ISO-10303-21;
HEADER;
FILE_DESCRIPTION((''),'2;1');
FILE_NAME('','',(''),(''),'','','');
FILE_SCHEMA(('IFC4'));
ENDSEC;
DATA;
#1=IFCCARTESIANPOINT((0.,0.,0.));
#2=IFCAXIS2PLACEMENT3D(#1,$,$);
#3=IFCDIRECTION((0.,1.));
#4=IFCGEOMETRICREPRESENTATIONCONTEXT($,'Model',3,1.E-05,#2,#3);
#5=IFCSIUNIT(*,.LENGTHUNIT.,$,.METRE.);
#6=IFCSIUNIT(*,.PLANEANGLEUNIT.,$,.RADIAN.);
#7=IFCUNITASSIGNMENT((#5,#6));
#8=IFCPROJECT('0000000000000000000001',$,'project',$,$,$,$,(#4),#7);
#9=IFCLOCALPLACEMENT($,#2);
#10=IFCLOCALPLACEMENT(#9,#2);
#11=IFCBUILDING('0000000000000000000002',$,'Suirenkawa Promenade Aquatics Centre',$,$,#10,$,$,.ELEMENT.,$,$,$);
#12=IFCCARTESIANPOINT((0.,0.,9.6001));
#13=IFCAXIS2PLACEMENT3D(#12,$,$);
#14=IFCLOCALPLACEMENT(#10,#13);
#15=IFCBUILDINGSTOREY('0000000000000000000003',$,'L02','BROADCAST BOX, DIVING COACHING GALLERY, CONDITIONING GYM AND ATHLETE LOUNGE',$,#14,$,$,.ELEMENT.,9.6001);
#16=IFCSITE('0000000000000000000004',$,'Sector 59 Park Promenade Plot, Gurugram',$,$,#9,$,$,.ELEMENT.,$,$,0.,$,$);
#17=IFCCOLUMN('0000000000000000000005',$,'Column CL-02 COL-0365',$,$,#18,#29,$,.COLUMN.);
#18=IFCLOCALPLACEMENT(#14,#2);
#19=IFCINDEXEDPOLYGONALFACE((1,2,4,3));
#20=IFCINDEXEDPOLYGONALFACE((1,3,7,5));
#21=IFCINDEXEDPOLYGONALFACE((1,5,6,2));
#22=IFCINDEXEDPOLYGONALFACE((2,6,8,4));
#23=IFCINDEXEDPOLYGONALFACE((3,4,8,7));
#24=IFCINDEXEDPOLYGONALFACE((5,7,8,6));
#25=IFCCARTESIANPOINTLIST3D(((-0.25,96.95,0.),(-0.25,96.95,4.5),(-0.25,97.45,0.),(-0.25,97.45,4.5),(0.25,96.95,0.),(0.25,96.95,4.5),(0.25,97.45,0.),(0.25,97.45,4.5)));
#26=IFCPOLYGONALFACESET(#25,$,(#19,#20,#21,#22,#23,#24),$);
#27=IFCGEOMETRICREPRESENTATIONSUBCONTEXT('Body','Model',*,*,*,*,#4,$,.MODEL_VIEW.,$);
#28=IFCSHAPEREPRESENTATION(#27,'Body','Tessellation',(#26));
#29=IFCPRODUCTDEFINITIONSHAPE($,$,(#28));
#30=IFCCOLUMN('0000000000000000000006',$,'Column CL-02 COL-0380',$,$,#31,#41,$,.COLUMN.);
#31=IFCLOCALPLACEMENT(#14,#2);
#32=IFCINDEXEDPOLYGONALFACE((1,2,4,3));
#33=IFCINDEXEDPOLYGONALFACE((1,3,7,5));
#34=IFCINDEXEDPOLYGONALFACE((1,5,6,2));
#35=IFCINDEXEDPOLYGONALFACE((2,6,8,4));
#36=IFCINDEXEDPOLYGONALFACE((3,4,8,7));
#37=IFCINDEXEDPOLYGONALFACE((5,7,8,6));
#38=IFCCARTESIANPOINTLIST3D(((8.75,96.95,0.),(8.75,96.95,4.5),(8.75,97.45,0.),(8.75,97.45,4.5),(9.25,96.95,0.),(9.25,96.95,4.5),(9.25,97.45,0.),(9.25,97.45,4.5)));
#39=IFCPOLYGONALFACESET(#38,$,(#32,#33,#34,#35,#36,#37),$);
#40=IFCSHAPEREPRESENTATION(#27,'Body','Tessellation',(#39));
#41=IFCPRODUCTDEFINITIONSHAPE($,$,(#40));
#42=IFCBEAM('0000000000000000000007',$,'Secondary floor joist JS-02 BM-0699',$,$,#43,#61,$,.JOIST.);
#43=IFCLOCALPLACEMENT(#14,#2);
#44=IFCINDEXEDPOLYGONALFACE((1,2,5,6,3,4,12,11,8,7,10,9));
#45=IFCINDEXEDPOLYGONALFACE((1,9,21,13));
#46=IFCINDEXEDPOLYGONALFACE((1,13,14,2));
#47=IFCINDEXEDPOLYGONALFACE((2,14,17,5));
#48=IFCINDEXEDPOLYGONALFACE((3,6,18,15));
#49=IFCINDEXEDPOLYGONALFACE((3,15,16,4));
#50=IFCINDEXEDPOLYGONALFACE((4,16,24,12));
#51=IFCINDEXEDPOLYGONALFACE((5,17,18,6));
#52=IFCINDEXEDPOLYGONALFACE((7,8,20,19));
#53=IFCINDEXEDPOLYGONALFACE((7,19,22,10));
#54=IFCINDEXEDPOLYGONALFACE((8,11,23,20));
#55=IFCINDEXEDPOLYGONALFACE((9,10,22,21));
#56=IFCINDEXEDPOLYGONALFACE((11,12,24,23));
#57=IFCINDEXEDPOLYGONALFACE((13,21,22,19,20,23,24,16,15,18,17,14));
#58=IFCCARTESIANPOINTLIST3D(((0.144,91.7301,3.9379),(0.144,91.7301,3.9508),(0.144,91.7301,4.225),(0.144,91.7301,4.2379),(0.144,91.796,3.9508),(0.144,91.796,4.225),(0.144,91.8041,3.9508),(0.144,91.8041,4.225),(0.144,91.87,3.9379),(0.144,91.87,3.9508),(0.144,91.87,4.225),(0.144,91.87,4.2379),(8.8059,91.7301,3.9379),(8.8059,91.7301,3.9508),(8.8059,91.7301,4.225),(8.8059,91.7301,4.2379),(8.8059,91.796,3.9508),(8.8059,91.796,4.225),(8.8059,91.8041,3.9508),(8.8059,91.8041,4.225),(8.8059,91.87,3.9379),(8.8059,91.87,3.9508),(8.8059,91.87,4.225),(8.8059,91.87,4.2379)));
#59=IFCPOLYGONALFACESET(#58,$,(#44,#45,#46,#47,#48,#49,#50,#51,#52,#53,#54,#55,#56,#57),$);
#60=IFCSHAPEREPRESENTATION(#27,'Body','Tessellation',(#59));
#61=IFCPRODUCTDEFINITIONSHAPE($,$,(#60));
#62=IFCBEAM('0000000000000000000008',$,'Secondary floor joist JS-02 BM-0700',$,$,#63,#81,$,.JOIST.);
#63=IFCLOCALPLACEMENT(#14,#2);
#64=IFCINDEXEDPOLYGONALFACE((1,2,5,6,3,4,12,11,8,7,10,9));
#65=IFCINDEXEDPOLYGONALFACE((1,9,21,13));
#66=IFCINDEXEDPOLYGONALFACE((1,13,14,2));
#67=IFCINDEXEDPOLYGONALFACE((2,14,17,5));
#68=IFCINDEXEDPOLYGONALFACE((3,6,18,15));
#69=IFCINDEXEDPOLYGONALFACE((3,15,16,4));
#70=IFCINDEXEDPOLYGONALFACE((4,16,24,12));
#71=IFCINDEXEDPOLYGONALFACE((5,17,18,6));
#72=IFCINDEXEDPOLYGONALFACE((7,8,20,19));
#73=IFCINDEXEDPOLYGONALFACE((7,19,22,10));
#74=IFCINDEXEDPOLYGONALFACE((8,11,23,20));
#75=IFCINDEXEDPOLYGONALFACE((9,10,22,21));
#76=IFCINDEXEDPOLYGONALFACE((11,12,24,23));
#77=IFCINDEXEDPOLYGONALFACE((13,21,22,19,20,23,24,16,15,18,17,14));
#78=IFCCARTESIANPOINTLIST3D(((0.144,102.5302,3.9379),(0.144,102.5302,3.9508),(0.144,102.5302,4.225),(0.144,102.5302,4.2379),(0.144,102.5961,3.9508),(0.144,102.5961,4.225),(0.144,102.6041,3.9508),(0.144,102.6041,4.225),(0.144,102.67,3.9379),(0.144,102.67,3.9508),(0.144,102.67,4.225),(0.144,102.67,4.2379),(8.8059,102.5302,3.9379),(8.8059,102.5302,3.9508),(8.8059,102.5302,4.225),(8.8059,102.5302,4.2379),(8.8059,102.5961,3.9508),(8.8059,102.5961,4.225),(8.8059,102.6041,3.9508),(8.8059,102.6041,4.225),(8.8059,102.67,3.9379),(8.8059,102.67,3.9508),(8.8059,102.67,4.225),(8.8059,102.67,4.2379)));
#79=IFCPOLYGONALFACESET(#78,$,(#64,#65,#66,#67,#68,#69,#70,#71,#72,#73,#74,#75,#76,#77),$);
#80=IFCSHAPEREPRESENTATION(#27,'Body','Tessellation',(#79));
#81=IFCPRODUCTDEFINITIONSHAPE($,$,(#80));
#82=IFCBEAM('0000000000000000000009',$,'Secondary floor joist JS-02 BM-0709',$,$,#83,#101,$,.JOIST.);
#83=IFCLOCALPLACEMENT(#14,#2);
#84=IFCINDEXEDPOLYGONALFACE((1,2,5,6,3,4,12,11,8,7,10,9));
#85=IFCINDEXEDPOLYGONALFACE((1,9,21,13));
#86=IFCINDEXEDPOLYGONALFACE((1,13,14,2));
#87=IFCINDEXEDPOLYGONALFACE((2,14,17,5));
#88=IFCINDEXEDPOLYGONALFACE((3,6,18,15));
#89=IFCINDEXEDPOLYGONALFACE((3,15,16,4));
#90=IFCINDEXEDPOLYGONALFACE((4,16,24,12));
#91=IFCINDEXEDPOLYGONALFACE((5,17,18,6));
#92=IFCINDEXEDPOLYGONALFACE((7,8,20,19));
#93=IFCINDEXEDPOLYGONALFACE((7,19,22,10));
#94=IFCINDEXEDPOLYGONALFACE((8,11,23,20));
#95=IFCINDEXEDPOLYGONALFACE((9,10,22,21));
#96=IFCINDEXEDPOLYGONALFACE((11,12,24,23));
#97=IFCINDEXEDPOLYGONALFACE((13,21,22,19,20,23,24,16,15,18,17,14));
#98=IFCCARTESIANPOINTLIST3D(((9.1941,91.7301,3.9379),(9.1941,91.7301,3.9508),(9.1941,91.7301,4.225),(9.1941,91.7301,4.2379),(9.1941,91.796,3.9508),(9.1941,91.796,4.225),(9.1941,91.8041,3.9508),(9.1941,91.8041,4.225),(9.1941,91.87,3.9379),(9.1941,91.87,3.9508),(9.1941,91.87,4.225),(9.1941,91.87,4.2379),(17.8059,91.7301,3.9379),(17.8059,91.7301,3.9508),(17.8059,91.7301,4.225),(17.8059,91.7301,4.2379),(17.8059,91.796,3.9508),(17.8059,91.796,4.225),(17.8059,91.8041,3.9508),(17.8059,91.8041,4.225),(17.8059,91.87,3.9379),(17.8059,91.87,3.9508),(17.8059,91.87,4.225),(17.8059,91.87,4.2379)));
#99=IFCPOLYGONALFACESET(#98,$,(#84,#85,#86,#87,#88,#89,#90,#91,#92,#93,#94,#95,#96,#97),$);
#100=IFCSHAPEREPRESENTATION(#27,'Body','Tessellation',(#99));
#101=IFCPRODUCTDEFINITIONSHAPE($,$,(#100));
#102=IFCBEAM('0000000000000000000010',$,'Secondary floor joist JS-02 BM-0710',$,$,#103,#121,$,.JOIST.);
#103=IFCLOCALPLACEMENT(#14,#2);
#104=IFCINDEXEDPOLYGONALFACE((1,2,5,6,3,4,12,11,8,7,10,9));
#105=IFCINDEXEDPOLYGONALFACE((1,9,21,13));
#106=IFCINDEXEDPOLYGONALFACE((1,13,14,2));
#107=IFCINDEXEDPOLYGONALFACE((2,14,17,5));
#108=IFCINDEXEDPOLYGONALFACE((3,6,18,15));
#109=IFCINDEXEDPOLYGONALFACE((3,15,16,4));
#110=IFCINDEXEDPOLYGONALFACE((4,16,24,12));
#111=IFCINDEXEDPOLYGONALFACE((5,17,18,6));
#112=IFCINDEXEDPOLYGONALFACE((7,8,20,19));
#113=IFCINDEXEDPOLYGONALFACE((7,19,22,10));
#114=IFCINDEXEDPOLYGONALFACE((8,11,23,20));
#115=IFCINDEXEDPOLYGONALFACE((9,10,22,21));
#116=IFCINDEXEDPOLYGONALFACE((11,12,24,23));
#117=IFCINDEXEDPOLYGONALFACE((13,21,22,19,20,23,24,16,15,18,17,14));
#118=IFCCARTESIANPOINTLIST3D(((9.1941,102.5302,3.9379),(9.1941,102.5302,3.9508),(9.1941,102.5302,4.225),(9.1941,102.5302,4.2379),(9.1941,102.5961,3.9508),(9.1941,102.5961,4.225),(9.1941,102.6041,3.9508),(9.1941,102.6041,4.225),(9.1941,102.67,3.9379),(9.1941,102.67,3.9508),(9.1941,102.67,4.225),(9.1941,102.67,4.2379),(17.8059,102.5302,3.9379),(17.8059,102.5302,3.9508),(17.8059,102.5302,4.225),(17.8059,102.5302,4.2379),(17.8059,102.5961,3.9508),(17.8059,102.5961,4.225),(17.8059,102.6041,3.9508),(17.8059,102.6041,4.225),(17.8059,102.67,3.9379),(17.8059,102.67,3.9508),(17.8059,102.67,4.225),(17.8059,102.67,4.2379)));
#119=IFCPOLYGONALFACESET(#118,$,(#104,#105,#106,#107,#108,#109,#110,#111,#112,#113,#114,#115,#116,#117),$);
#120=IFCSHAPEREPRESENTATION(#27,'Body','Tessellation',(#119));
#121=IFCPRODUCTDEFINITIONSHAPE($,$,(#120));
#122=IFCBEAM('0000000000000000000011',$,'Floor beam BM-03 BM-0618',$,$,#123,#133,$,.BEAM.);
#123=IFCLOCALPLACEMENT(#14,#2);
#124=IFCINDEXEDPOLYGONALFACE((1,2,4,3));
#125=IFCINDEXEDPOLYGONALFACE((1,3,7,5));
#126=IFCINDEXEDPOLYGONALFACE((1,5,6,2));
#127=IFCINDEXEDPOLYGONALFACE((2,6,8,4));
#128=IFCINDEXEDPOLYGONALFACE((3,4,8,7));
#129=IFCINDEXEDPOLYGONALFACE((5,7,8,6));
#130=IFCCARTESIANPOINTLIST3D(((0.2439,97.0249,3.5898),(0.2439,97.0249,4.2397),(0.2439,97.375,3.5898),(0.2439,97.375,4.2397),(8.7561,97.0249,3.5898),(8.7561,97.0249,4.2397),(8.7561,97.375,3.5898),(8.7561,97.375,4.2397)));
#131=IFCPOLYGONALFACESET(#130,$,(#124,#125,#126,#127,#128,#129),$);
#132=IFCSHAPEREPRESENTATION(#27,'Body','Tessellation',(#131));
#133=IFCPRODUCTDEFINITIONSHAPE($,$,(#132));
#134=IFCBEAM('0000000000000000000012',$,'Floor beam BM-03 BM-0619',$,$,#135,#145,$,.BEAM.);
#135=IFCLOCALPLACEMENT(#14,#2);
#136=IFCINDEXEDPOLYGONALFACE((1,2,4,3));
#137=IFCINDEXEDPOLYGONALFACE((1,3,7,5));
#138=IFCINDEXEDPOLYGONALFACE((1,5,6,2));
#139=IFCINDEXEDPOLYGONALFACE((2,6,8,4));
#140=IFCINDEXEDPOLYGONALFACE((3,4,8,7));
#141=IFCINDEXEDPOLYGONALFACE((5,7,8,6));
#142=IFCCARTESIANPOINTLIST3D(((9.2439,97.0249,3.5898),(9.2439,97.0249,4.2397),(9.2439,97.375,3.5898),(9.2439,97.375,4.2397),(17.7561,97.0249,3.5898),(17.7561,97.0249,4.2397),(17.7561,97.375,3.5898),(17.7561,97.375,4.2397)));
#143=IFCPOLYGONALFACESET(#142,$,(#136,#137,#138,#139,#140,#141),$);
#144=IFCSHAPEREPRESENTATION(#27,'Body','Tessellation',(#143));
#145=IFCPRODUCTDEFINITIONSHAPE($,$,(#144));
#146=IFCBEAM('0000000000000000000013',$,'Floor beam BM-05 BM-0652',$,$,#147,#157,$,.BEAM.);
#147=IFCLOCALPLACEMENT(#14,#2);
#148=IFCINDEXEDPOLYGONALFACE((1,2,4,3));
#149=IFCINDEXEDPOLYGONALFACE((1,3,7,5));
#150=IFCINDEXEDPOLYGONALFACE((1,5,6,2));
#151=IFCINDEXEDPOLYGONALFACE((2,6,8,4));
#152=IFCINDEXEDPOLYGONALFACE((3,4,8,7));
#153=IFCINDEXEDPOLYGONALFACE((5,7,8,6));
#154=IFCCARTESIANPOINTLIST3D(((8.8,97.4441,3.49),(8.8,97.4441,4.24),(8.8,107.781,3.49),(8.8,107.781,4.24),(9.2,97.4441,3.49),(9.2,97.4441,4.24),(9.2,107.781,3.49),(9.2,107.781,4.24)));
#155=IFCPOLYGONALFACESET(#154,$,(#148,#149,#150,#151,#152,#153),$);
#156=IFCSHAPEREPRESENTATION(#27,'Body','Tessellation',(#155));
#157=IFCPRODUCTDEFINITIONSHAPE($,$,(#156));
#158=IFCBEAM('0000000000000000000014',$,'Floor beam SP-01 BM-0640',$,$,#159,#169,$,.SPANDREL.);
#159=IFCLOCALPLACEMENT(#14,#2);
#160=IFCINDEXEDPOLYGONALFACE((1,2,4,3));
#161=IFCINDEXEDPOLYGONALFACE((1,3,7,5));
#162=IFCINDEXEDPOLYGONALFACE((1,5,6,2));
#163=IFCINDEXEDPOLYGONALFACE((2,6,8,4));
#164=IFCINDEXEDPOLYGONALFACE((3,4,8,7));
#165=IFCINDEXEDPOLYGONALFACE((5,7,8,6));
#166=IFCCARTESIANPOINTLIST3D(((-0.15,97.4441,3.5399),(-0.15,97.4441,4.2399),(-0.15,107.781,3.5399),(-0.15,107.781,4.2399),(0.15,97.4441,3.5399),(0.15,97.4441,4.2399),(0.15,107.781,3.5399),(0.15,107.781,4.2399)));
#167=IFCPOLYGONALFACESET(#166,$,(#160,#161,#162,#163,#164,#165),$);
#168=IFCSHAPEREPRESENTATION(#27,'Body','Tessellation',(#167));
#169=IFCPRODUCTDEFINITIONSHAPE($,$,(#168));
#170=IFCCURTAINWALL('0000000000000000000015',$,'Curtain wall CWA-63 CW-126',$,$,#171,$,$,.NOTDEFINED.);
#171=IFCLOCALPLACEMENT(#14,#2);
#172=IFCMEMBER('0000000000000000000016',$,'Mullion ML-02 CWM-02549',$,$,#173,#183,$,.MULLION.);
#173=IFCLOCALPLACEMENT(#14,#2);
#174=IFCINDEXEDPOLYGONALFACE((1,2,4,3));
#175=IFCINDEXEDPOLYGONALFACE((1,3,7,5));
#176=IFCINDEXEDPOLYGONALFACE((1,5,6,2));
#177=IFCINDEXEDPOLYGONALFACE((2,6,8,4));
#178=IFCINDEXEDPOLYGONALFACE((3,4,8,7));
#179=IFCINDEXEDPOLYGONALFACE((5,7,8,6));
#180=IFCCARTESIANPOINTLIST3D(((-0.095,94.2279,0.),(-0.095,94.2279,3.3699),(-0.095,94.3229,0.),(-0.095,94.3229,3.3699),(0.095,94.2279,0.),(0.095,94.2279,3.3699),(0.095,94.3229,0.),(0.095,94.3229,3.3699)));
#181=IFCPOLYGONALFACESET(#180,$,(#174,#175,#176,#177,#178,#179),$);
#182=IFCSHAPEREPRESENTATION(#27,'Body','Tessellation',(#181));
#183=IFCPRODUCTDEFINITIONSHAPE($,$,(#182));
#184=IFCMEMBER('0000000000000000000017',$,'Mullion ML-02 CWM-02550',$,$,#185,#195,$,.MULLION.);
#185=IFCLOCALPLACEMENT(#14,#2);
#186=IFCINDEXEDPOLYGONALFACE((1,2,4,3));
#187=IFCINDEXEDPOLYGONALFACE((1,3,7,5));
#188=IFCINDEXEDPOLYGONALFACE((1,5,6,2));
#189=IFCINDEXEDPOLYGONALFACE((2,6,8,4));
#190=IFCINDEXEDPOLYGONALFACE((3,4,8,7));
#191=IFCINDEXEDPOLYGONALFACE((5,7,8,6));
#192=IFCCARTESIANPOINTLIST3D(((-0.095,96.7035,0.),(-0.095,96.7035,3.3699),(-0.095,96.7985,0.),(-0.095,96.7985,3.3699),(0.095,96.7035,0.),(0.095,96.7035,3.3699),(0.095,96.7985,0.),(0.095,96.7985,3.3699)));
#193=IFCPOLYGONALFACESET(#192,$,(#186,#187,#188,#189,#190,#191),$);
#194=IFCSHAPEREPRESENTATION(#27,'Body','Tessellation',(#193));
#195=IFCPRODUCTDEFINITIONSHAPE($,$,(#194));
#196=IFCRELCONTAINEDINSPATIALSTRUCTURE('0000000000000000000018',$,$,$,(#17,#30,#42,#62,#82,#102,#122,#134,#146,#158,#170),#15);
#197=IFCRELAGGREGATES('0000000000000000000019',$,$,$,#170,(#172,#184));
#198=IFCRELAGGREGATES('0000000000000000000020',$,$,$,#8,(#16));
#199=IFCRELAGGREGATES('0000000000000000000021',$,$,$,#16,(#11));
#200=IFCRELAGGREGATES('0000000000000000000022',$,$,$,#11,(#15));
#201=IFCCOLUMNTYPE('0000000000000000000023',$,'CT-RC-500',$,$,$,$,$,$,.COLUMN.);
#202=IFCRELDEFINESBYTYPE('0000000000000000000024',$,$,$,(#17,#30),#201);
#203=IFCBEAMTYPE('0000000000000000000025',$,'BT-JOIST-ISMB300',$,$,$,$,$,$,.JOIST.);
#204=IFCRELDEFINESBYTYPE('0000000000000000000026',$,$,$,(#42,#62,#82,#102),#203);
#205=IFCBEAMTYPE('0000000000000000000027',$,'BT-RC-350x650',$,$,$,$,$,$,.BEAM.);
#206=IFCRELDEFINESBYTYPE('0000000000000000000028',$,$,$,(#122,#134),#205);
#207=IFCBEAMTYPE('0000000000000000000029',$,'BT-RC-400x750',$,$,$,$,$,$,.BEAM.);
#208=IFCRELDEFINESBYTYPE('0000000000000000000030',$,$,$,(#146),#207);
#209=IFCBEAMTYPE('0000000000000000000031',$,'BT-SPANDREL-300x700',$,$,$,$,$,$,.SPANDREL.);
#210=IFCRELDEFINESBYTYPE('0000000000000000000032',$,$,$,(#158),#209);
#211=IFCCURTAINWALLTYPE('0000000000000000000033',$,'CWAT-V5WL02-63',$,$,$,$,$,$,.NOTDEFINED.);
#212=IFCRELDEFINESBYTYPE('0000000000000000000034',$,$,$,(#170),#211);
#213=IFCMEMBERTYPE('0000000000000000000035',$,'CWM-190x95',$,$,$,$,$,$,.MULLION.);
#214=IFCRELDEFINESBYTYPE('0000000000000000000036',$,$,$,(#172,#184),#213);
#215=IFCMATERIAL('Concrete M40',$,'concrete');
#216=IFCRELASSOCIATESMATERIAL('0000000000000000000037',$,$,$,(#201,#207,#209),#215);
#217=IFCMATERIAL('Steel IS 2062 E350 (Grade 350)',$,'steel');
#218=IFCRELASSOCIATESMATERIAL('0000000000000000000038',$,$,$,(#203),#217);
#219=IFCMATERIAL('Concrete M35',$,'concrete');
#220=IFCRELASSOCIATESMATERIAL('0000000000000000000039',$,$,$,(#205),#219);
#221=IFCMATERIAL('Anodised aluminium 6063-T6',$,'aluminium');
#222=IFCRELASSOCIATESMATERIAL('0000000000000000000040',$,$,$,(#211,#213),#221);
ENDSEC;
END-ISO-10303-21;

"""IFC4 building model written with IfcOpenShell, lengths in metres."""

from ifc_helpers import new_model, si_unit, direction, frame, origin, origin_2d, place, context, subcontext, project, spatial, rectangle, i_section, extrude, material, material_profile, profile_set, type_object, element, aggregate, save


model = new_model("IFC4")

# Units and contexts
model_context = context("Model", 3, precision=1e-05, world=origin(), true_north=direction((0.0, 1.0)))
body_context = subcontext(model_context, "Body", "Model", "MODEL_VIEW")
ifc_project = project(units=[si_unit("LENGTHUNIT", "METRE"), si_unit("PLANEANGLEUNIT", "RADIAN")], contexts=[model_context])

# Site, building, storey
site_placement = place(None, origin())
site = spatial("IfcSite", under=ifc_project, at=site_placement, Name="Sector 59 Park Promenade Plot, Gurugram", CompositionType="ELEMENT", RefElevation=0.0)
building_placement = place(site_placement, origin())
building = spatial("IfcBuilding", under=site, at=building_placement, Name="Suirenkawa Promenade Aquatics Centre", CompositionType="ELEMENT")
storey_placement = place(building_placement, frame((0.0, 0.0, 9.6001)))
storey = spatial("IfcBuildingStorey", under=building, at=storey_placement, Name="L02", Description="BROADCAST BOX, DIVING COACHING GALLERY, CONDITIONING GYM AND ATHLETE LOUNGE", CompositionType="ELEMENT", Elevation=9.6001)

# Columns
ifc_material_1 = material(Name="Concrete M40", Category="concrete")
ifc_material_profile_1 = material_profile(ifc_material_1, rectangle(XDim=0.5, YDim=0.5, at=origin_2d()), Name="RC COL 500x500", Category="concrete")
ifc_profile_set_1 = profile_set([ifc_material_profile_1], Name="Concrete M40")
column_type = type_object("IfcColumnType", Name="CT-RC-500", PredefinedType="COLUMN", material=ifc_profile_set_1)
for number, where, z_axis, x_axis, name in (
    (1, (0.0, 97.2, 0.0), (0.0, 0.0, 1.0), (1.0, 0.0, 0.0), "Column CL-02 COL-0365"),
    (2, (9.0, 97.2, 0.0), (0.0, 0.0, 1.0), (1.0, 0.0, 0.0), "Column CL-02 COL-0380"),
):
    element("IfcColumn", number, at=place(storey_placement, frame(where, z_axis=z_axis, x_axis=x_axis)), inside=storey, type_object=column_type, Name=name, PredefinedType="COLUMN", context=body_context, shape_type="SweptSolid", body=[
        extrude(rectangle(XDim=0.5, YDim=0.5, at=origin_2d()), origin(), (0.0, 0.0, 1.0), 4.5),
    ])

# Beams
ifc_material_2 = material(Name="Steel IS 2062 E350 (Grade 350)", Category="steel")
ifc_material_profile_2 = material_profile(ifc_material_2, i_section(OverallWidth=0.1399, OverallDepth=0.3, WebThickness=0.0081, FlangeThickness=0.0129, at=origin_2d()), Name="ISMB 300", Category="steel")
ifc_profile_set_2 = profile_set([ifc_material_profile_2], Name="Steel IS 2062 E350 (Grade 350)")
beam_type_1 = type_object("IfcBeamType", Name="BT-JOIST-ISMB300", PredefinedType="JOIST", material=ifc_profile_set_2)
for number, where, z_axis, x_axis, name in (
    (3, (0.144, 91.8, 4.0879), (1.0, 0.0, 0.0), (0.0, 1.0, 0.0), "Secondary floor joist JS-02 BM-0699"),
    (4, (0.144, 102.6001, 4.0879), (1.0, 0.0, 0.0), (0.0, 1.0, 0.0), "Secondary floor joist JS-02 BM-0700"),
):
    element("IfcBeam", number, at=place(storey_placement, frame(where, z_axis=z_axis, x_axis=x_axis)), inside=storey, type_object=beam_type_1, Name=name, PredefinedType="JOIST", context=body_context, shape_type="SweptSolid", body=[
        extrude(i_section(OverallWidth=0.1399, OverallDepth=0.3, WebThickness=0.0081, FlangeThickness=0.0129, at=origin_2d()), origin(), (0.0, 0.0, 1.0), 8.6619),
    ])
for number, where, z_axis, x_axis, name in (
    (5, (9.1941, 91.8, 4.0879), (1.0, 0.0, 0.0), (0.0, 1.0, 0.0), "Secondary floor joist JS-02 BM-0709"),
    (6, (9.1941, 102.6001, 4.0879), (1.0, 0.0, 0.0), (0.0, 1.0, 0.0), "Secondary floor joist JS-02 BM-0710"),
):
    element("IfcBeam", number, at=place(storey_placement, frame(where, z_axis=z_axis, x_axis=x_axis)), inside=storey, type_object=beam_type_1, Name=name, PredefinedType="JOIST", context=body_context, shape_type="SweptSolid", body=[
        extrude(i_section(OverallWidth=0.1399, OverallDepth=0.3, WebThickness=0.0081, FlangeThickness=0.0129, at=origin_2d()), origin(), (0.0, 0.0, 1.0), 8.6118),
    ])
ifc_material_3 = material(Name="Concrete M35", Category="concrete")
ifc_material_profile_3 = material_profile(ifc_material_3, rectangle(XDim=0.3501, YDim=0.6499, at=origin_2d()), Name="RC BM 350x650", Category="concrete")
ifc_profile_set_3 = profile_set([ifc_material_profile_3], Name="Concrete M35")
beam_type_2 = type_object("IfcBeamType", Name="BT-RC-350x650", PredefinedType="BEAM", material=ifc_profile_set_3)
for number, where, z_axis, x_axis, name in (
    (7, (0.2439, 97.2, 3.9148), (1.0, 0.0, 0.0), (0.0, 1.0, 0.0), "Floor beam BM-03 BM-0618"),
    (8, (9.2439, 97.2, 3.9148), (1.0, 0.0, 0.0), (0.0, 1.0, 0.0), "Floor beam BM-03 BM-0619"),
):
    element("IfcBeam", number, at=place(storey_placement, frame(where, z_axis=z_axis, x_axis=x_axis)), inside=storey, type_object=beam_type_2, Name=name, PredefinedType="BEAM", context=body_context, shape_type="SweptSolid", body=[
        extrude(rectangle(XDim=0.3501, YDim=0.6499, at=origin_2d()), origin(), (0.0, 0.0, 1.0), 8.5122),
    ])
ifc_material_profile_4 = material_profile(ifc_material_1, rectangle(XDim=0.3999, YDim=0.75, at=origin_2d()), Name="RC BM 400x750", Category="concrete")
ifc_profile_set_4 = profile_set([ifc_material_profile_4], Name="Concrete M40")
beam_type_3 = type_object("IfcBeamType", Name="BT-RC-400x750", PredefinedType="BEAM", material=ifc_profile_set_4)
beam_1_placement = place(storey_placement, frame((9.0, 97.4441, 3.865), z_axis=(0.0, 1.0, 0.0), x_axis=(-1.0, 0.0, 0.0)))
element("IfcBeam", 9, at=beam_1_placement, inside=storey, type_object=beam_type_3, Name="Floor beam BM-05 BM-0652", PredefinedType="BEAM", context=body_context, shape_type="SweptSolid", body=[
    extrude(rectangle(XDim=0.3999, YDim=0.75, at=origin_2d()), origin(), (0.0, 0.0, 1.0), 10.3369),
])
ifc_material_profile_5 = material_profile(ifc_material_1, rectangle(XDim=0.3, YDim=0.7, at=origin_2d()), Name="RC SPANDREL 300x700", Category="concrete")
ifc_profile_set_5 = profile_set([ifc_material_profile_5], Name="Concrete M40")
beam_type_4 = type_object("IfcBeamType", Name="BT-SPANDREL-300x700", PredefinedType="SPANDREL", material=ifc_profile_set_5)
beam_2_placement = place(storey_placement, frame((0.0, 97.4441, 3.8899), z_axis=(0.0, 1.0, 0.0), x_axis=(-1.0, 0.0, 0.0)))
element("IfcBeam", 10, at=beam_2_placement, inside=storey, type_object=beam_type_4, Name="Floor beam SP-01 BM-0640", PredefinedType="SPANDREL", context=body_context, shape_type="SweptSolid", body=[
    extrude(rectangle(XDim=0.3, YDim=0.7, at=origin_2d()), origin(), (0.0, 0.0, 1.0), 10.3369),
])

# Curtain wall, members
ifc_material_4 = material(Name="Anodised aluminium 6063-T6", Category="aluminium")
curtain_wall_type_1 = type_object("IfcCurtainWallType", Name="CWAT-V5WL02-63", PredefinedType="NOTDEFINED", material=ifc_material_4)
curtain_wall_1_placement = place(storey_placement, origin())
curtain_wall_1 = element("IfcCurtainWall", 11, at=curtain_wall_1_placement, inside=storey, type_object=curtain_wall_type_1, Name="Curtain wall CWA-63 CW-126", PredefinedType="NOTDEFINED")
ifc_material_profile_6 = material_profile(ifc_material_4, rectangle(XDim=0.095, YDim=0.1899, at=origin_2d()), Name="ALU MULL 95x190", Category="aluminium")
ifc_profile_set_6 = profile_set([ifc_material_profile_6], Name="Anodised aluminium 6063-T6")
member_type_1 = type_object("IfcMemberType", Name="CWM-190x95", PredefinedType="MULLION", material=ifc_profile_set_6)
member_1_placement = place(storey_placement, frame((0.0, 94.2754, 0.0), z_axis=(0.0, 0.0, 1.0), x_axis=(0.0, 1.0, 0.0)))
member_1 = element("IfcMember", 12, at=member_1_placement, type_object=member_type_1, Name="Mullion ML-02 CWM-02549", PredefinedType="MULLION", context=body_context, shape_type="SweptSolid", body=[
    extrude(rectangle(XDim=0.095, YDim=0.1899, at=origin_2d()), origin(), (0.0, 0.0, 1.0), 3.3699),
])
member_2_placement = place(storey_placement, frame((0.0, 96.751, 0.0), z_axis=(0.0, 0.0, 1.0), x_axis=(0.0, 1.0, 0.0)))
member_2 = element("IfcMember", 13, at=member_2_placement, type_object=member_type_1, Name="Mullion ML-02 CWM-02550", PredefinedType="MULLION", context=body_context, shape_type="SweptSolid", body=[
    extrude(rectangle(XDim=0.095, YDim=0.1899, at=origin_2d()), origin(), (0.0, 0.0, 1.0), 3.3699),
])

aggregate(curtain_wall_1, [member_1, member_2])

save(model, "model.ifc")
